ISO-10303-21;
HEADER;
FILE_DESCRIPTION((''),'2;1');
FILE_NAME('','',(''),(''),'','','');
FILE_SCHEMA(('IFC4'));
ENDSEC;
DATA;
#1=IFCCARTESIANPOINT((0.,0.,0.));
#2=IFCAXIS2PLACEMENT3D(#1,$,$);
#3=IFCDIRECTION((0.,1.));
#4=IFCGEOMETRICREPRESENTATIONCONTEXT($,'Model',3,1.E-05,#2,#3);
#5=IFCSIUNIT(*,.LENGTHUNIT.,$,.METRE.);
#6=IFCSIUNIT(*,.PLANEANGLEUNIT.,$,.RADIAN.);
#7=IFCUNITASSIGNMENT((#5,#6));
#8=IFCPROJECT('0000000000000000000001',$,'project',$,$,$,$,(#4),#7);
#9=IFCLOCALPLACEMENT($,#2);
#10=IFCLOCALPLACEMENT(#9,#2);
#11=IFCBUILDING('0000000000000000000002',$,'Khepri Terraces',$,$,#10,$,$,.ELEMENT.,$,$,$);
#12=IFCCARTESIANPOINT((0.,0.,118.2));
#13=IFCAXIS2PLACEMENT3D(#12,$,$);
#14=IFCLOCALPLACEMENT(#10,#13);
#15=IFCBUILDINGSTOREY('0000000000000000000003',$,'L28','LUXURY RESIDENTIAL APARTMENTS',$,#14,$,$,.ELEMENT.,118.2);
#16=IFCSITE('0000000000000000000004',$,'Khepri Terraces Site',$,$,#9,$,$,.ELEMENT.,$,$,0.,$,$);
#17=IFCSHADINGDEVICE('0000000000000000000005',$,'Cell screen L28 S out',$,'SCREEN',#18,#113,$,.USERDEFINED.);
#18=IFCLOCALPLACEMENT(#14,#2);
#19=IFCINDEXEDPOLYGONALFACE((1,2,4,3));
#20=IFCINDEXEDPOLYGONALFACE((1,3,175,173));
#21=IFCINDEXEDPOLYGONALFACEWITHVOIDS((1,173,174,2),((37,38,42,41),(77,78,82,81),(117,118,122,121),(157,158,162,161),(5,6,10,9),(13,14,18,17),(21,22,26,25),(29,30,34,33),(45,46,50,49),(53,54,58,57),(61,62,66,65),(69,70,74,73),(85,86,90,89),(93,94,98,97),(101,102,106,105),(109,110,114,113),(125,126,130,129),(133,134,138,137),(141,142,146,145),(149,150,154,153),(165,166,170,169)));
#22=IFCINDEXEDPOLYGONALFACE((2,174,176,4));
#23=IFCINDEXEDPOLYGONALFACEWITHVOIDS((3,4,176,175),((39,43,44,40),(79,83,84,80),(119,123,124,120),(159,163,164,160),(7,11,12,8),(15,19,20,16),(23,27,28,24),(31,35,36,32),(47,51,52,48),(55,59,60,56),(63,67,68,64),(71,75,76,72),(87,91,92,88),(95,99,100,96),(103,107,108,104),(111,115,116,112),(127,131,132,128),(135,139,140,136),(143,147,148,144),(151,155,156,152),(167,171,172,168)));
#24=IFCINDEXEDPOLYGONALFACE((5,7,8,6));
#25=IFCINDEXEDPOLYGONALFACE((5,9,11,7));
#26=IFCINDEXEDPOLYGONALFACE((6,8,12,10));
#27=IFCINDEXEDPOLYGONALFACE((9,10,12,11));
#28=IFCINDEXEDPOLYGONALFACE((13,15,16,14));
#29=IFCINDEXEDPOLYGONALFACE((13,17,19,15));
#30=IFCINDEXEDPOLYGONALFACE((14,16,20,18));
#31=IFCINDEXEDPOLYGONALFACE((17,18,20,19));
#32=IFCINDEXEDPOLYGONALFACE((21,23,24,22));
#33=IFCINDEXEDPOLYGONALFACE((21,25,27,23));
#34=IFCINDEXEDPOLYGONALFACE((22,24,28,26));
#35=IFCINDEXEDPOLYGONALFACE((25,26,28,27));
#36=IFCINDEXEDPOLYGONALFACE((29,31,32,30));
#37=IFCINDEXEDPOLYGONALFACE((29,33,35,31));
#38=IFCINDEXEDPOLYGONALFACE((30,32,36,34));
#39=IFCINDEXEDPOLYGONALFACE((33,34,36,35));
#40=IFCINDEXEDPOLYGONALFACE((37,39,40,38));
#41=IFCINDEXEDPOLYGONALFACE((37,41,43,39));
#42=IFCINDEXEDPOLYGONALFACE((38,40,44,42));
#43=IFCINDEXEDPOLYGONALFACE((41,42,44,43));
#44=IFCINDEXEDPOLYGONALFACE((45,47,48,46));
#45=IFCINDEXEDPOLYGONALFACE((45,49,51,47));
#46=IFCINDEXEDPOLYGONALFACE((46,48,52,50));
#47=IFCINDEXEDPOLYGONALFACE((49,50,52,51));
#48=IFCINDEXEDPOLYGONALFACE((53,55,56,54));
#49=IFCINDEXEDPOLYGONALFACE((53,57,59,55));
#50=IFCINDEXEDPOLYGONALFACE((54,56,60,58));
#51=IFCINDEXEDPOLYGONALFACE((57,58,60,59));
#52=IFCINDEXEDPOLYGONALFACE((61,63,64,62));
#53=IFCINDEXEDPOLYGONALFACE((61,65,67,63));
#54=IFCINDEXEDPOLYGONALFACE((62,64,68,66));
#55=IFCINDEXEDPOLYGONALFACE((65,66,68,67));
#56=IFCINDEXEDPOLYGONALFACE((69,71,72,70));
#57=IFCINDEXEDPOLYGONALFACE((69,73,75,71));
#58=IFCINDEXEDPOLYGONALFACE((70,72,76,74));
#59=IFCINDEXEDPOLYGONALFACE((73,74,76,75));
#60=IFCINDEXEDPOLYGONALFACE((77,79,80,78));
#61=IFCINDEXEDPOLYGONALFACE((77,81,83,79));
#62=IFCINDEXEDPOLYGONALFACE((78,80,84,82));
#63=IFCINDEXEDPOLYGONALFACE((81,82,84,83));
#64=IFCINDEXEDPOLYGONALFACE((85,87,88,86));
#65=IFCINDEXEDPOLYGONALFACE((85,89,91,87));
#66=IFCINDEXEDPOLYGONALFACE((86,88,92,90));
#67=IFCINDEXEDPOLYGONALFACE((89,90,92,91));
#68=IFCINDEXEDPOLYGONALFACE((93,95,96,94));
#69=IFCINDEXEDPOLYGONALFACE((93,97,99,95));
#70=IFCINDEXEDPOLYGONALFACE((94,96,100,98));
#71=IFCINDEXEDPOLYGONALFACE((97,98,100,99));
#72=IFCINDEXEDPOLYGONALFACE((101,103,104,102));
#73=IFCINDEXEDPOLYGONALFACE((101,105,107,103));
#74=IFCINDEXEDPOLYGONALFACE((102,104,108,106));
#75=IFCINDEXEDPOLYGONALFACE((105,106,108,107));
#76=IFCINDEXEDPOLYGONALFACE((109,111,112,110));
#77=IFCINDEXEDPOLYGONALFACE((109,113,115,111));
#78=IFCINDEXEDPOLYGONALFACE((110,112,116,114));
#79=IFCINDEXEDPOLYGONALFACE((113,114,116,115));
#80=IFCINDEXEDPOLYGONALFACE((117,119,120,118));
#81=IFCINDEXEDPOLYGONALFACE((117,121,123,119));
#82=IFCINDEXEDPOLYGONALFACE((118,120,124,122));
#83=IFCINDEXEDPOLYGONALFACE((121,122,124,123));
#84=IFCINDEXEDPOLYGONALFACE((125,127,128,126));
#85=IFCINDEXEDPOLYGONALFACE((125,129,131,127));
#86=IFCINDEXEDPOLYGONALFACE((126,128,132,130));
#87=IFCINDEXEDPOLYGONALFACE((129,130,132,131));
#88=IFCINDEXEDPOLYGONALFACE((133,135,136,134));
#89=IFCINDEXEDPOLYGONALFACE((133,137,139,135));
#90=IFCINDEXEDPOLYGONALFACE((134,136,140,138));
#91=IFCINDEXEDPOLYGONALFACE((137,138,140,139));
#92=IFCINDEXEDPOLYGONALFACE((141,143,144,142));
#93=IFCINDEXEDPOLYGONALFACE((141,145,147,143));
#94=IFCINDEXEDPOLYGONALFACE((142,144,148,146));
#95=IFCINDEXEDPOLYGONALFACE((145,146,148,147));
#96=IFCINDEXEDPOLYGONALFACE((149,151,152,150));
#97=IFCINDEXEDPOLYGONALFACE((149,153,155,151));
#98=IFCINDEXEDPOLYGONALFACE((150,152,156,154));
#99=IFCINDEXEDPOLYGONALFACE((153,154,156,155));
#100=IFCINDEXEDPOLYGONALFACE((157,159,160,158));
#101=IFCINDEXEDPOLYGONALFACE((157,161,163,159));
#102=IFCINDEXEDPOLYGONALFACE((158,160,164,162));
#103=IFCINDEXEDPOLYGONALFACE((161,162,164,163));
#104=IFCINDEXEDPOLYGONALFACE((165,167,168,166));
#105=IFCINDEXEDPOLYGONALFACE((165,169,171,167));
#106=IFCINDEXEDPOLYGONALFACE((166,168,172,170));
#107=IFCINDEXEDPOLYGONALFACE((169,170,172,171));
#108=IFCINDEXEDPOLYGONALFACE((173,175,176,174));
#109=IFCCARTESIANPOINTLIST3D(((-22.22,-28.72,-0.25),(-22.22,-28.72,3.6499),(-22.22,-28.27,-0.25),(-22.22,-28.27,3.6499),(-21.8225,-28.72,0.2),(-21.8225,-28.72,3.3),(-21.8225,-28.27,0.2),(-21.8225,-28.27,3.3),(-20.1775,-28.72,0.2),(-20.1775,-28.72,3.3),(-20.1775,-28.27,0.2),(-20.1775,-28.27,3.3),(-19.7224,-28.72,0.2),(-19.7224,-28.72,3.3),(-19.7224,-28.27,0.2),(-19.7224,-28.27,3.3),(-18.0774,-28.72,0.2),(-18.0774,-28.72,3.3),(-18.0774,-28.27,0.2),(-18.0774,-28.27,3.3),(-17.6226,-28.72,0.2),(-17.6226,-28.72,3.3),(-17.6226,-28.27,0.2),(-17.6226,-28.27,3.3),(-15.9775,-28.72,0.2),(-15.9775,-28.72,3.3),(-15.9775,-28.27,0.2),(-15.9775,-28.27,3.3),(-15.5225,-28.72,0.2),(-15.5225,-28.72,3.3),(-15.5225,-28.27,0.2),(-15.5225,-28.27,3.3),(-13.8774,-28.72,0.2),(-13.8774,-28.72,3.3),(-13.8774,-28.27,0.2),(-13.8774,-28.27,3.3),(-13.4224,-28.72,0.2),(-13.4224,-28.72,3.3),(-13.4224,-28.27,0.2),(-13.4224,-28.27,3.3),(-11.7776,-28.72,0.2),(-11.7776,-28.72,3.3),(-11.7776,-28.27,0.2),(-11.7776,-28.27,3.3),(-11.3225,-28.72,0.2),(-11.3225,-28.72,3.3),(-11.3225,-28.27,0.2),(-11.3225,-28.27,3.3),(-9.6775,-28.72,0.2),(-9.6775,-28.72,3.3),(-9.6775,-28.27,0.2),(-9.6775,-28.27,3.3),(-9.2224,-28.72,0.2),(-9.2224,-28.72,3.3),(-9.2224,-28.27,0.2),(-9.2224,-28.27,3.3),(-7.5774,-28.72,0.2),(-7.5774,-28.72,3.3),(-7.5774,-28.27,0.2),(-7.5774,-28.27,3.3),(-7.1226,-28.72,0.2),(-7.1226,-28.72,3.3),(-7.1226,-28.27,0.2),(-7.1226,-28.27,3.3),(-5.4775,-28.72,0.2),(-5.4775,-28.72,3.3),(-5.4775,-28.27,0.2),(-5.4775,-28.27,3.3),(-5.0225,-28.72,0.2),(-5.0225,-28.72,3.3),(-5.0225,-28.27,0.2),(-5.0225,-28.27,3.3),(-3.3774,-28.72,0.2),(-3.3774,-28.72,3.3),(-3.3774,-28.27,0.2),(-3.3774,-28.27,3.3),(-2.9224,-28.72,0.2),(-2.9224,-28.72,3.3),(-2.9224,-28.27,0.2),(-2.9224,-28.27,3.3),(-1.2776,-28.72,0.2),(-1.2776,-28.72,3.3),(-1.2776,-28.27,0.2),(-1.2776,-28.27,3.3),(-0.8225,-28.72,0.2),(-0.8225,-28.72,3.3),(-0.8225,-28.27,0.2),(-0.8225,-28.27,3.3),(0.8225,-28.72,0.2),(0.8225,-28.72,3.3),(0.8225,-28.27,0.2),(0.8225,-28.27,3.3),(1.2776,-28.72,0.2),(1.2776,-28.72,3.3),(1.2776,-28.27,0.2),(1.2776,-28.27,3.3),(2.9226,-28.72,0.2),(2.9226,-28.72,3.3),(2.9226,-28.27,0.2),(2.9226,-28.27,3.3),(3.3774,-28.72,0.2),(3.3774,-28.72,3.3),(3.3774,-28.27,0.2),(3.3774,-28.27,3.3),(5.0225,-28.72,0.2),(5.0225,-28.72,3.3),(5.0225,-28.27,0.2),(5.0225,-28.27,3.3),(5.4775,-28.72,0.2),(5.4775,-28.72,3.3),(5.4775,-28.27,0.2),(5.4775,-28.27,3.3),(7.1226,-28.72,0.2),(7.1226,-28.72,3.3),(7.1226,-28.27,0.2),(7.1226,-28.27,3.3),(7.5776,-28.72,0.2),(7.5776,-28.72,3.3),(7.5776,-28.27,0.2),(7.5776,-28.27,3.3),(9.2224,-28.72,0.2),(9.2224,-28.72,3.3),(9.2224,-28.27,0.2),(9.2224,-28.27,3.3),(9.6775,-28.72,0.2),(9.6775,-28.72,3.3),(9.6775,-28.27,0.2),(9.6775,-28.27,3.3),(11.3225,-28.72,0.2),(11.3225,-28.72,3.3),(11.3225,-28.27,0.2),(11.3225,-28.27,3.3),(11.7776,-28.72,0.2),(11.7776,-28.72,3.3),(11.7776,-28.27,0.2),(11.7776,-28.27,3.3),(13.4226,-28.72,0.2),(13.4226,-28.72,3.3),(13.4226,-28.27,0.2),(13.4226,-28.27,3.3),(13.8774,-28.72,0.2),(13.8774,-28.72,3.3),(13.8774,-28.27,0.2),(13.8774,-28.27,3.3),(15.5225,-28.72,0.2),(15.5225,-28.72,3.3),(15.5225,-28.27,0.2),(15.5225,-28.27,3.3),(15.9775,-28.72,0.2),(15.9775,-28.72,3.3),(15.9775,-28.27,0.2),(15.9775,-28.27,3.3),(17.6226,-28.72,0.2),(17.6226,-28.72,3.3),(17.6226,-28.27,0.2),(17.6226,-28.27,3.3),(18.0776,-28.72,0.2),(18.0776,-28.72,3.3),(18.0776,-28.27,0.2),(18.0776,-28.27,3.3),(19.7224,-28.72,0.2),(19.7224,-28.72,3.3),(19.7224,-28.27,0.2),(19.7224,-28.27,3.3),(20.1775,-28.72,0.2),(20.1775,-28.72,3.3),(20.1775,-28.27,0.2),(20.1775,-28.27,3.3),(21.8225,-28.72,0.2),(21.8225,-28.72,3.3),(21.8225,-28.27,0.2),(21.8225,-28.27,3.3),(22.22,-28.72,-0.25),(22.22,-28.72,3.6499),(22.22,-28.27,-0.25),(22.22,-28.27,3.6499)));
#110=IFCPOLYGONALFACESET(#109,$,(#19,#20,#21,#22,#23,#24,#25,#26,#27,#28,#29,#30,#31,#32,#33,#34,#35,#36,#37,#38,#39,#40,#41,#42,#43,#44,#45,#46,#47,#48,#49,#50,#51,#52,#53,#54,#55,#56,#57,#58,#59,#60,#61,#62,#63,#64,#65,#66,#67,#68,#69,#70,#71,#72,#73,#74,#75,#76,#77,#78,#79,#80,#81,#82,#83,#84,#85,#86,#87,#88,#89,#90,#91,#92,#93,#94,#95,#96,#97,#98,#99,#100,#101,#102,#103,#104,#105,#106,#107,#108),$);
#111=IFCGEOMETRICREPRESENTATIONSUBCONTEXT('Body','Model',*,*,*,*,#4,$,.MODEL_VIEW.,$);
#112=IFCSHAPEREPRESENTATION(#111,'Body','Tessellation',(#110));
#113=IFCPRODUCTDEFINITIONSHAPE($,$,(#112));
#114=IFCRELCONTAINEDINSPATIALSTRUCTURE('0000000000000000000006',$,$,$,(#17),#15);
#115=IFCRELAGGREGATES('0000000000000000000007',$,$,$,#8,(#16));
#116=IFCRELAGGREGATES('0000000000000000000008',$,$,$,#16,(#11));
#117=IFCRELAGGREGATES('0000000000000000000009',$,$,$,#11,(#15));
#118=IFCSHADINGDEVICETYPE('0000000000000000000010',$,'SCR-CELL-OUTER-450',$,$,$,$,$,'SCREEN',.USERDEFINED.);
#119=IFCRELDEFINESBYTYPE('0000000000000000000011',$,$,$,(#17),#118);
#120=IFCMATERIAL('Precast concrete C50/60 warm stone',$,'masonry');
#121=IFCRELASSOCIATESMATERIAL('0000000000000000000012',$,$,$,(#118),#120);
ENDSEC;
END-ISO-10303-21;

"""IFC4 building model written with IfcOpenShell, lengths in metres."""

from ifc_helpers import new_model, si_unit, direction, frame, origin, place, context, subcontext, project, spatial, polyline, outline, extrude, material, type_object, element, save


model = new_model("IFC4")

# Units and contexts
model_context = context("Model", 3, precision=1e-05, world=origin(), true_north=direction((0.0, 1.0)))
body_context = subcontext(model_context, "Body", "Model", "MODEL_VIEW")
ifc_project = project(units=[si_unit("LENGTHUNIT", "METRE"), si_unit("PLANEANGLEUNIT", "RADIAN")], contexts=[model_context])

# Site, building, storey
site_placement = place(None, origin())
site = spatial("IfcSite", under=ifc_project, at=site_placement, Name="Khepri Terraces Site", CompositionType="ELEMENT", RefElevation=0.0)
building_placement = place(site_placement, origin())
building = spatial("IfcBuilding", under=site, at=building_placement, Name="Khepri Terraces", CompositionType="ELEMENT")
storey_placement = place(building_placement, frame((0.0, 0.0, 118.2)))
storey = spatial("IfcBuildingStorey", under=building, at=storey_placement, Name="L28", Description="LUXURY RESIDENTIAL APARTMENTS", CompositionType="ELEMENT", Elevation=118.2)

# Shared definitions
ifc_material_1 = material(Name="Precast concrete C50/60 warm stone", Category="masonry")

# Shading device
shading_device_type_1 = type_object("IfcShadingDeviceType", Name="SCR-CELL-OUTER-450", ElementType="SCREEN", PredefinedType="USERDEFINED", material=ifc_material_1)
shading_device_1_placement = place(storey_placement, frame((-22.22, -28.27, -0.25), z_axis=(0.0, -1.0, 0.0), x_axis=(1.0, 0.0, 0.0)))
element("IfcShadingDevice", 1, at=shading_device_1_placement, inside=storey, type_object=shading_device_type_1, Name="Cell screen L28 S out", ObjectType="SCREEN", PredefinedType="USERDEFINED", context=body_context, shape_type="SweptSolid", body=[
    extrude(outline(polyline([(0.0, 0.0), (44.4399, 0.0), (44.4399, 3.8999), (0.0, 3.8999), (0.0, 0.0)]), holes=[polyline([(0.3975, 0.45), (2.0425, 0.45), (2.0425, 3.55), (0.3975, 3.55), (0.3975, 0.45)]), polyline([(2.4976, 0.45), (4.1426, 0.45), (4.1426, 3.55), (2.4976, 3.55), (2.4976, 0.45)]), polyline([(4.5974, 0.45), (6.2424, 0.45), (6.2424, 3.55), (4.5974, 3.55), (4.5974, 0.45)]), polyline([(6.6975, 0.45), (8.3425, 0.45), (8.3425, 3.55), (6.6975, 3.55), (6.6975, 0.45)]), polyline([(8.7976, 0.45), (10.4424, 0.45), (10.4424, 3.55), (8.7976, 3.55), (8.7976, 0.45)]), polyline([(10.8975, 0.45), (12.5425, 0.45), (12.5425, 3.55), (10.8975, 3.55), (10.8975, 0.45)]), polyline([(12.9976, 0.45), (14.6426, 0.45), (14.6426, 3.55), (12.9976, 3.55), (12.9976, 0.45)]), polyline([(15.0974, 0.45), (16.7424, 0.45), (16.7424, 3.55), (15.0974, 3.55), (15.0974, 0.45)]), polyline([(17.1975, 0.45), (18.8425, 0.45), (18.8425, 3.55), (17.1975, 3.55), (17.1975, 0.45)]), polyline([(19.2976, 0.45), (20.9424, 0.45), (20.9424, 3.55), (19.2976, 3.55), (19.2976, 0.45)]), polyline([(21.3975, 0.45), (23.0425, 0.45), (23.0425, 3.55), (21.3975, 3.55), (21.3975, 0.45)]), polyline([(23.4976, 0.45), (25.1426, 0.45), (25.1426, 3.55), (23.4976, 3.55), (23.4976, 0.45)]), polyline([(25.5974, 0.45), (27.2424, 0.45), (27.2424, 3.55), (25.5974, 3.55), (25.5974, 0.45)]), polyline([(27.6975, 0.45), (29.3425, 0.45), (29.3425, 3.55), (27.6975, 3.55), (27.6975, 0.45)]), polyline([(29.7976, 0.45), (31.4424, 0.45), (31.4424, 3.55), (29.7976, 3.55), (29.7976, 0.45)]), polyline([(31.8975, 0.45), (33.5425, 0.45), (33.5425, 3.55), (31.8975, 3.55), (31.8975, 0.45)]), polyline([(33.9976, 0.45), (35.6426, 0.45), (35.6426, 3.55), (33.9976, 3.55), (33.9976, 0.45)]), polyline([(36.0974, 0.45), (37.7424, 0.45), (37.7424, 3.55), (36.0974, 3.55), (36.0974, 0.45)]), polyline([(38.1975, 0.45), (39.8425, 0.45), (39.8425, 3.55), (38.1975, 3.55), (38.1975, 0.45)]), polyline([(40.2976, 0.45), (41.9424, 0.45), (41.9424, 3.55), (40.2976, 3.55), (40.2976, 0.45)]), polyline([(42.3975, 0.45), (44.0425, 0.45), (44.0425, 3.55), (42.3975, 3.55), (42.3975, 0.45)])]), origin(), (0.0, 0.0, 1.0), 0.45),
])

save(model, "model.ifc")
